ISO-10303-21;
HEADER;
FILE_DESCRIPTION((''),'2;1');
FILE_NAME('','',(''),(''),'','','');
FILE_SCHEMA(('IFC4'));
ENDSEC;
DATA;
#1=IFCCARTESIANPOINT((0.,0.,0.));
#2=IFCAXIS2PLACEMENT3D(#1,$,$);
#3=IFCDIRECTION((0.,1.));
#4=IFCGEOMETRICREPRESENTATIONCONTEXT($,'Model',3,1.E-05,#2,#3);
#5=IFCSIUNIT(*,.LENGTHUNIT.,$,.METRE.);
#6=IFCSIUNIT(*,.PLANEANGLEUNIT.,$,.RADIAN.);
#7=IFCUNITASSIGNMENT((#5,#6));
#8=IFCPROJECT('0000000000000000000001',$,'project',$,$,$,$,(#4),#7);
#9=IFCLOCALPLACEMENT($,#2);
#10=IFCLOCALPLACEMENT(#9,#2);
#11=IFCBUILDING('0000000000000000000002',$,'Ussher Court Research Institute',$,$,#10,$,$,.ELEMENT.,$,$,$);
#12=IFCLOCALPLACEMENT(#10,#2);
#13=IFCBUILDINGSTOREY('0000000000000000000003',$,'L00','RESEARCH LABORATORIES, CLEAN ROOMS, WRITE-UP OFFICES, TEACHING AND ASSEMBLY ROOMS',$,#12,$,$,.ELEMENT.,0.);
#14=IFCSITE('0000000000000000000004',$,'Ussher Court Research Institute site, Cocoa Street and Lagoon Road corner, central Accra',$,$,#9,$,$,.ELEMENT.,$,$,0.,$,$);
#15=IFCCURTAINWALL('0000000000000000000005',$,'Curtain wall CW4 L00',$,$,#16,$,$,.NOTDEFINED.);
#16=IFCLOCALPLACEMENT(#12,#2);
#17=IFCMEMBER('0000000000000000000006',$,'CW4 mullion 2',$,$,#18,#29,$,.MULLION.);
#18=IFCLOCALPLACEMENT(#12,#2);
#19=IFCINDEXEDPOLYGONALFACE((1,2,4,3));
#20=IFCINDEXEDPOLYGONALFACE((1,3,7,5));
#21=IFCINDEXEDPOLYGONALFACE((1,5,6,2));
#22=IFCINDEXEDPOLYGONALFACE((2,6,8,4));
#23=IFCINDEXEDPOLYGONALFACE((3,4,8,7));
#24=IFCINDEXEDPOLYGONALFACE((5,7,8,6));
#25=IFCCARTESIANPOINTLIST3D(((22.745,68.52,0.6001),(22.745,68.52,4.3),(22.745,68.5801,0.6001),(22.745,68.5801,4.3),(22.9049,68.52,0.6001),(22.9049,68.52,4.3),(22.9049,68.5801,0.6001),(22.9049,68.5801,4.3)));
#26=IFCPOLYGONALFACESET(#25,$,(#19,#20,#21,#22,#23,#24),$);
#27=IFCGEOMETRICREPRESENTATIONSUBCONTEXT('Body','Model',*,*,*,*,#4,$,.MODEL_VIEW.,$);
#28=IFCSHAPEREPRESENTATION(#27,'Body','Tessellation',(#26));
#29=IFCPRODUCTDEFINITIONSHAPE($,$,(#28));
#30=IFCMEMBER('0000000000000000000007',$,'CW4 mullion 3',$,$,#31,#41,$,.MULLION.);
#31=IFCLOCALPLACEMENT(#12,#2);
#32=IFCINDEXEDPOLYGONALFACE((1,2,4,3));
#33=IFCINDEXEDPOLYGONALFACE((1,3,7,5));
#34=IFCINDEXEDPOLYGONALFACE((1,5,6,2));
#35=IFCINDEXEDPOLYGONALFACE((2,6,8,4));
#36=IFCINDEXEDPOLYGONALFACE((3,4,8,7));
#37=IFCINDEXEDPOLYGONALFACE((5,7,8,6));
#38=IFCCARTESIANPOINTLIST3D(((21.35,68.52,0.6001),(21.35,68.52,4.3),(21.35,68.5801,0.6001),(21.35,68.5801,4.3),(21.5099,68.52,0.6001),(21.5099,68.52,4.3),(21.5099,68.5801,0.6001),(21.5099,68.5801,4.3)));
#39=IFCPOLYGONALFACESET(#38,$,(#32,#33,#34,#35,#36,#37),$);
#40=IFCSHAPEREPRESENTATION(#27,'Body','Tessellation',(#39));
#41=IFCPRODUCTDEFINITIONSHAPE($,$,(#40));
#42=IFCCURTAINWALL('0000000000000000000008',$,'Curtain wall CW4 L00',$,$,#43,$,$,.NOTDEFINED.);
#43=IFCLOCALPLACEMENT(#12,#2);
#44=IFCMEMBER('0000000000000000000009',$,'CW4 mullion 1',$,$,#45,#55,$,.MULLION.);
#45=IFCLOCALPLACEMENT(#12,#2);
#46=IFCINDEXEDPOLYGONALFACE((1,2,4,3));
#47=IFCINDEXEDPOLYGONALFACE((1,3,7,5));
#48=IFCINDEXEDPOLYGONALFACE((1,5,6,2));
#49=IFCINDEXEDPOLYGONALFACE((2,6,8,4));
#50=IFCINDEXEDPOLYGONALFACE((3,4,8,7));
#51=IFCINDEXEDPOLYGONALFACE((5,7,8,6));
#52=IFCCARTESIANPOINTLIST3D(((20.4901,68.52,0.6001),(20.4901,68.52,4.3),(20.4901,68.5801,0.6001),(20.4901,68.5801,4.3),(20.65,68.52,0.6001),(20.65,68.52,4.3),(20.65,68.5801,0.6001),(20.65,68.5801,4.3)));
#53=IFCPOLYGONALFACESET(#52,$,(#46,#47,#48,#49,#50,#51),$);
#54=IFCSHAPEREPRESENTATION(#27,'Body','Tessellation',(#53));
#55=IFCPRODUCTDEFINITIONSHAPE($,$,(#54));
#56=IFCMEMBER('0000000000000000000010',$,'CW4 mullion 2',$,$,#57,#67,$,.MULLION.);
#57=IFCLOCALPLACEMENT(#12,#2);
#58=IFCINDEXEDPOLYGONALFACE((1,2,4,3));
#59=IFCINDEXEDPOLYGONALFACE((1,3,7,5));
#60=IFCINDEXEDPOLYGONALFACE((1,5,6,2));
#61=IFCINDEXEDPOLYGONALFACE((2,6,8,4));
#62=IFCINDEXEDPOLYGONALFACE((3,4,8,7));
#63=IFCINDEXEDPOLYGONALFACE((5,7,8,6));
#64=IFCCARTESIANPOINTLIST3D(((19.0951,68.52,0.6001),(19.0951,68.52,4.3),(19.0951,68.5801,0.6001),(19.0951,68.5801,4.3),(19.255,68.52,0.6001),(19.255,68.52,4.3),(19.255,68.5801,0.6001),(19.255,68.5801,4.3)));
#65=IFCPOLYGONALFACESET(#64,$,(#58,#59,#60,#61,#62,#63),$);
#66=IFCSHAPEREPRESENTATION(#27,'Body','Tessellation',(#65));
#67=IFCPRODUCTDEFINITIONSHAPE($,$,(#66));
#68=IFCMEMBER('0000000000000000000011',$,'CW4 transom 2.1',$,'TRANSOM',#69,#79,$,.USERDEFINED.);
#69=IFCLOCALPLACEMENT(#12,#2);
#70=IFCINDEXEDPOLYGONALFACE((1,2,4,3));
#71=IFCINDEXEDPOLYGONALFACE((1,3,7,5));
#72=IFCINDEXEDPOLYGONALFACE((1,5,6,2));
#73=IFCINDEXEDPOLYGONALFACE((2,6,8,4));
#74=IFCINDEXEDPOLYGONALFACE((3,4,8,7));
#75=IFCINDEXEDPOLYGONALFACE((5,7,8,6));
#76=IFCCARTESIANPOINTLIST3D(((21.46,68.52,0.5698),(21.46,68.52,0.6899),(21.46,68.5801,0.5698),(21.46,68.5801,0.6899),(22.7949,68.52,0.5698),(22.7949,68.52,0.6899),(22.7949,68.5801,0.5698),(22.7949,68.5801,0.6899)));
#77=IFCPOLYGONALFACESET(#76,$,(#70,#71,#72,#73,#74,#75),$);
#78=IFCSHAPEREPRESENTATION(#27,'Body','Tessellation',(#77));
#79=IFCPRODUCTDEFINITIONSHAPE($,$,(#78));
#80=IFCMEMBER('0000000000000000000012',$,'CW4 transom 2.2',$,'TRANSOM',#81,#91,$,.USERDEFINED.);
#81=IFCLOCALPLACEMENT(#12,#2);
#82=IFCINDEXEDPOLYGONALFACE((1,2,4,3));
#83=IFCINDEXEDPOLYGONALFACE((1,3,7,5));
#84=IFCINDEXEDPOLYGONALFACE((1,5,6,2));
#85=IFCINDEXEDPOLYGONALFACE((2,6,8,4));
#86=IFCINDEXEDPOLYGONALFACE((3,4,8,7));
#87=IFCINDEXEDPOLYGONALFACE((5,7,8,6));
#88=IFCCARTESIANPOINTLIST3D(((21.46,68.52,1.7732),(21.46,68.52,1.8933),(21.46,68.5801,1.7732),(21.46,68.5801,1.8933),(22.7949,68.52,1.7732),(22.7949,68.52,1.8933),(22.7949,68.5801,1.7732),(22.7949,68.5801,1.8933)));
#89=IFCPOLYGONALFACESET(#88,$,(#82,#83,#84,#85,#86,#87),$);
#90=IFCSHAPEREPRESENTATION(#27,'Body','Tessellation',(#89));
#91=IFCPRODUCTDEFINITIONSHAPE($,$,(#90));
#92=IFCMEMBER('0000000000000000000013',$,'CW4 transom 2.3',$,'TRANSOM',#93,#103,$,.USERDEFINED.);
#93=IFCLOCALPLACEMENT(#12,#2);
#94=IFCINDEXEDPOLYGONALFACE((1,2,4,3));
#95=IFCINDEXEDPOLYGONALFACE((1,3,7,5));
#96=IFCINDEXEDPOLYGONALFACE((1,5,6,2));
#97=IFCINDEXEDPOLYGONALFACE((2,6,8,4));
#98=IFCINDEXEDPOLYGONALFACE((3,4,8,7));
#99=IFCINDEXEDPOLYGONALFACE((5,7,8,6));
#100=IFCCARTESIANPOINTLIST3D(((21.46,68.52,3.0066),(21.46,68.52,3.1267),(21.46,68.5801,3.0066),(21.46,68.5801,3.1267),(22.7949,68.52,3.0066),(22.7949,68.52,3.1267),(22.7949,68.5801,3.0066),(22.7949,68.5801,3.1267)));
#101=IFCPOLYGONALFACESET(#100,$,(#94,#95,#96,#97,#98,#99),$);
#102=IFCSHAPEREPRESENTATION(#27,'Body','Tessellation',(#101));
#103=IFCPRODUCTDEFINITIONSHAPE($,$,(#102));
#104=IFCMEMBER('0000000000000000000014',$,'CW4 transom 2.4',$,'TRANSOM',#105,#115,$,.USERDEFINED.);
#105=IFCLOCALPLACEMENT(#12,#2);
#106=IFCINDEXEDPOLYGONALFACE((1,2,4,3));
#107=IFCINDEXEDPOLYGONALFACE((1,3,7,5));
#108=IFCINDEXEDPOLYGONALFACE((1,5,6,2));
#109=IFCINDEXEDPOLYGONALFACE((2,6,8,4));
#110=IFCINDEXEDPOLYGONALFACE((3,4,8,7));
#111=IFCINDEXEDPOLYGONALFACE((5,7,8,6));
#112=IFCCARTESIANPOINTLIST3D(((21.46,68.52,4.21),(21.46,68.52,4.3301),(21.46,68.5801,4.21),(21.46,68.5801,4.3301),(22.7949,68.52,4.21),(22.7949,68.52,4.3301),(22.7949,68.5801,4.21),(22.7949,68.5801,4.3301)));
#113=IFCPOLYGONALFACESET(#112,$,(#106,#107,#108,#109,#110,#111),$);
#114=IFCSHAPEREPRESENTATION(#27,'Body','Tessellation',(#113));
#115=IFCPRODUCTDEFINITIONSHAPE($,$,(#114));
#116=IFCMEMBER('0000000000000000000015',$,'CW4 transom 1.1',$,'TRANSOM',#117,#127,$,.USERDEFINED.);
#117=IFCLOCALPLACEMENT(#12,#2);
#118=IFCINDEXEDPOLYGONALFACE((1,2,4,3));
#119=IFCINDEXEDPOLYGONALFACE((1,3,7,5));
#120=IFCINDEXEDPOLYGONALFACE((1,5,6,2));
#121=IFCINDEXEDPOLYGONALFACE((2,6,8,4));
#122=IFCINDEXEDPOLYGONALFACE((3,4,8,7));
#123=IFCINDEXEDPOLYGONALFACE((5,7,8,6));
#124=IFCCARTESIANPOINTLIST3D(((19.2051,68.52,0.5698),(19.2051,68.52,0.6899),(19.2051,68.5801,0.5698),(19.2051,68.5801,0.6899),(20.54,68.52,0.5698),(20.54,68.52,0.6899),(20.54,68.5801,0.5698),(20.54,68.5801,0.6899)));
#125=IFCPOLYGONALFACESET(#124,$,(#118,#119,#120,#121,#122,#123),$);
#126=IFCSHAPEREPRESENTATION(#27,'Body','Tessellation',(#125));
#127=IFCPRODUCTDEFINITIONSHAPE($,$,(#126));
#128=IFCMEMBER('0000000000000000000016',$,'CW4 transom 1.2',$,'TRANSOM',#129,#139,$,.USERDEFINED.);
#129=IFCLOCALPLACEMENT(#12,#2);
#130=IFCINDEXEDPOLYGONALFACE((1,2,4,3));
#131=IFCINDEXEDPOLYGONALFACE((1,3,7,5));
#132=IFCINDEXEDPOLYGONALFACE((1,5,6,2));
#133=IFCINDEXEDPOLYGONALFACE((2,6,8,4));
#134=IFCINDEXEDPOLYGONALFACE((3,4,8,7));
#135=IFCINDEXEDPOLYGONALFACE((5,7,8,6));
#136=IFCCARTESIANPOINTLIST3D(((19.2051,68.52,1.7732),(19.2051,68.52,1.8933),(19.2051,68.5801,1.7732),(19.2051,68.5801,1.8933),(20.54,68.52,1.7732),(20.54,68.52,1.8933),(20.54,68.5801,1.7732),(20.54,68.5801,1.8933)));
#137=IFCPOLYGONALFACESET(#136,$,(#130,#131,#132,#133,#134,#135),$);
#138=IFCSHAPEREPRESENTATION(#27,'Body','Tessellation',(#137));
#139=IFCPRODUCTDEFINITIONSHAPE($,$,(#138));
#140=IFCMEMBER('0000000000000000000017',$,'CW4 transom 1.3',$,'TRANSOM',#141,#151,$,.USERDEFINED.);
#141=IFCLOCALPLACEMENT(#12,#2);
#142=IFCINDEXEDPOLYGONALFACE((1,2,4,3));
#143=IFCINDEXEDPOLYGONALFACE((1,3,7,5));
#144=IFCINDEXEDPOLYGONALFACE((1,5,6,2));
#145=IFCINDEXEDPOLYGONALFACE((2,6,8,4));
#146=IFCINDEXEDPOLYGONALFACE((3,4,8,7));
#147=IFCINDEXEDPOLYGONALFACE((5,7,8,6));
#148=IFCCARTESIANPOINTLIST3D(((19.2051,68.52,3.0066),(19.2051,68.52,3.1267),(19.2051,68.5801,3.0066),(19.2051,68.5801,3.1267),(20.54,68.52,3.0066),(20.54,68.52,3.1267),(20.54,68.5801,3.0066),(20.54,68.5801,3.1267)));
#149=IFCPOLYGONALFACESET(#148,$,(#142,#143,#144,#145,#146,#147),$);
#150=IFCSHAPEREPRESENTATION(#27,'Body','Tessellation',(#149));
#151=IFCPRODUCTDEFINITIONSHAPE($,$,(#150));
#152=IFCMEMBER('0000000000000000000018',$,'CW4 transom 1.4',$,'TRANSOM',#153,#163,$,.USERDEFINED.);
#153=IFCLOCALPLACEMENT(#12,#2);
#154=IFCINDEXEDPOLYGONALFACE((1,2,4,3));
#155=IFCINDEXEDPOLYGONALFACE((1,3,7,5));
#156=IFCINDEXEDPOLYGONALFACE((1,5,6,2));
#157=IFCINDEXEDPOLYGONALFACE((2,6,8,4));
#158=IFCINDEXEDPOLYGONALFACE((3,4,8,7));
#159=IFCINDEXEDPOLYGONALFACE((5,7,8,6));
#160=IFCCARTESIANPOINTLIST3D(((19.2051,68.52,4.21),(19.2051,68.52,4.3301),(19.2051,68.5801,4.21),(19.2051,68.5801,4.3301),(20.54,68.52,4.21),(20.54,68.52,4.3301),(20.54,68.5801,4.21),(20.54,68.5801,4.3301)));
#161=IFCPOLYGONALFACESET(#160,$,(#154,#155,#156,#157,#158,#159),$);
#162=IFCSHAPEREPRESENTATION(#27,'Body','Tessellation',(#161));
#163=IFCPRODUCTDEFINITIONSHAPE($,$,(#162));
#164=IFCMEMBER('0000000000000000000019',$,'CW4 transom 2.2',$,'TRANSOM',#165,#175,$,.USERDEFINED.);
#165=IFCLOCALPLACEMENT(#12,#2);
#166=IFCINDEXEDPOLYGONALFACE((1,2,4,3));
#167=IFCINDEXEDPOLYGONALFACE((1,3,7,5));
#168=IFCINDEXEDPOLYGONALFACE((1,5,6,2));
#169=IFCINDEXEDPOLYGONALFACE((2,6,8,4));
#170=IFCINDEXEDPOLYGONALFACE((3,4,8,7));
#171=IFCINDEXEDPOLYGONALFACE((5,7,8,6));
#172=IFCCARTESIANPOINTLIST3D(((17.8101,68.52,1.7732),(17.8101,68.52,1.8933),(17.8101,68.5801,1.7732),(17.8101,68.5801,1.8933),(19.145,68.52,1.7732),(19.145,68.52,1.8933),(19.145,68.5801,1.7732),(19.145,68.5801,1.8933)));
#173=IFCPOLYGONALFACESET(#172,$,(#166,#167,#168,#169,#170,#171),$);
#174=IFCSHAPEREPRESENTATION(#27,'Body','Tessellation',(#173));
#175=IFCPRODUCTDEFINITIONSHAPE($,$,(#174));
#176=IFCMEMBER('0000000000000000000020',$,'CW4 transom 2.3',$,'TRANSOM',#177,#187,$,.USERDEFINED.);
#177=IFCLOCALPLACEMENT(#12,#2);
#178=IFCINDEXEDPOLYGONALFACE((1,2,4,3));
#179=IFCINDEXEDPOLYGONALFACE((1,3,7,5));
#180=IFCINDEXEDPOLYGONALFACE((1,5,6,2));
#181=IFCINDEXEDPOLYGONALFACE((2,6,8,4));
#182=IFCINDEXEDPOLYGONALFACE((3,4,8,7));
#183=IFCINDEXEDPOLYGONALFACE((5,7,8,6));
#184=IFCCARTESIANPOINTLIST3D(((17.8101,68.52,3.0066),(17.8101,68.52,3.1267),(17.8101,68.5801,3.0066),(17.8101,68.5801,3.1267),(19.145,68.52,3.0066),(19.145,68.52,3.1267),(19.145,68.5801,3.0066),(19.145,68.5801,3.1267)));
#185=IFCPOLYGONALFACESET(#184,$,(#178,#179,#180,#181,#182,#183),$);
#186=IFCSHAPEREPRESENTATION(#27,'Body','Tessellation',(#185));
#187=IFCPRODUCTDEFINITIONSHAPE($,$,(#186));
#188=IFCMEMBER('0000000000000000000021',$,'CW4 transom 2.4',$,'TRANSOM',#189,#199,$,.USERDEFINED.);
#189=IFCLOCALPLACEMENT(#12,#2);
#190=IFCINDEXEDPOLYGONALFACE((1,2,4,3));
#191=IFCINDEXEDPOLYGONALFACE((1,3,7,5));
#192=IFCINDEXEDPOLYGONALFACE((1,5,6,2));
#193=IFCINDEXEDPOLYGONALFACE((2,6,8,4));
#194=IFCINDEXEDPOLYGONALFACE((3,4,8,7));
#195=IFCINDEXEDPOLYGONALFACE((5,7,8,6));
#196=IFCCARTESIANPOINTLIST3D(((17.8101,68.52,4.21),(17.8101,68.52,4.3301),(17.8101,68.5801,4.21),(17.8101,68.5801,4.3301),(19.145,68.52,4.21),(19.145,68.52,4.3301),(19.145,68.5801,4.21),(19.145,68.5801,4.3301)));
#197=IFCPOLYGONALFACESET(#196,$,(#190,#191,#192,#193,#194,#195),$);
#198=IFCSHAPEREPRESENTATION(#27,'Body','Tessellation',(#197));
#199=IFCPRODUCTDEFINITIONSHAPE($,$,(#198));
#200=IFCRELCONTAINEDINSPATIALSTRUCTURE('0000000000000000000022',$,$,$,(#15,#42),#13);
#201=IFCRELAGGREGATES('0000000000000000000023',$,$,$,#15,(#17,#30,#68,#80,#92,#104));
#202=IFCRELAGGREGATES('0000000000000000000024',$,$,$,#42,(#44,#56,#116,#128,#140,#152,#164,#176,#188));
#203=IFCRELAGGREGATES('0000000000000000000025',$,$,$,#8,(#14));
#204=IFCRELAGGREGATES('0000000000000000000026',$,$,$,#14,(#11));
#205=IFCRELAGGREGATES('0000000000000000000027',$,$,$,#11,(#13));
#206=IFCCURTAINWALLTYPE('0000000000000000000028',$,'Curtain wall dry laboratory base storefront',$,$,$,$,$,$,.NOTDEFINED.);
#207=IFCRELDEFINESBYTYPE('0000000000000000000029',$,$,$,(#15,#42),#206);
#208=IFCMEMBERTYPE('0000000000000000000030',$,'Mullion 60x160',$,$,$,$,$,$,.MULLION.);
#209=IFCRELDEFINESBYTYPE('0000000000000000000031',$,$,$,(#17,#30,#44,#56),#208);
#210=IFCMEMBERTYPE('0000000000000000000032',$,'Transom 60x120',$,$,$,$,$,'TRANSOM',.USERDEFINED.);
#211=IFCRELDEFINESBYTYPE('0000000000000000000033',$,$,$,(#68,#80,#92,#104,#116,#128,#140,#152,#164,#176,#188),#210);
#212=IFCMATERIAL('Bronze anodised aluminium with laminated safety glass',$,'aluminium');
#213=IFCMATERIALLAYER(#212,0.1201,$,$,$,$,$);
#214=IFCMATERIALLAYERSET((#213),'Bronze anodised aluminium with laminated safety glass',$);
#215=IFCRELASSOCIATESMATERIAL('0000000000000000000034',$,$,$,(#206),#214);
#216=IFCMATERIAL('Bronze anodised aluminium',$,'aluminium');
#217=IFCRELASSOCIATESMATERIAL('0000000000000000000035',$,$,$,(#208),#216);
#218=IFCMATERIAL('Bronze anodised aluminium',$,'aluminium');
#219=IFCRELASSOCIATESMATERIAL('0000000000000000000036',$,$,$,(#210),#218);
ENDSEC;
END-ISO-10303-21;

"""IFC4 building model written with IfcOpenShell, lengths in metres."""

from ifc_helpers import new_model, si_unit, direction, frame, origin, origin_2d, place, context, subcontext, project, spatial, rectangle, extrude, material, layer, layer_set, material_profile, profile_set, type_object, element, aggregate, save


model = new_model("IFC4")

# Units and contexts
model_context = context("Model", 3, precision=1e-05, world=origin(), true_north=direction((0.0, 1.0)))
body_context = subcontext(model_context, "Body", "Model", "MODEL_VIEW")
ifc_project = project(units=[si_unit("LENGTHUNIT", "METRE"), si_unit("PLANEANGLEUNIT", "RADIAN")], contexts=[model_context])

# Site, building, storey
site_placement = place(None, origin())
site = spatial("IfcSite", under=ifc_project, at=site_placement, Name="Ussher Court Research Institute site, Cocoa Street and Lagoon Road corner, central Accra", CompositionType="ELEMENT", RefElevation=0.0)
building_placement = place(site_placement, origin())
building = spatial("IfcBuilding", under=site, at=building_placement, Name="Ussher Court Research Institute", CompositionType="ELEMENT")
storey_placement = place(building_placement, origin())
storey = spatial("IfcBuildingStorey", under=building, at=storey_placement, Name="L00", Description="RESEARCH LABORATORIES, CLEAN ROOMS, WRITE-UP OFFICES, TEACHING AND ASSEMBLY ROOMS", CompositionType="ELEMENT", Elevation=0.0)

# Curtain walls, members
ifc_material_1 = material(Name="Bronze anodised aluminium with laminated safety glass", Category="aluminium")
ifc_layer_1 = layer(ifc_material_1, 0.1201)
ifc_layer_set_1 = layer_set([ifc_layer_1], Name="Bronze anodised aluminium with laminated safety glass")
curtain_wall_type = type_object("IfcCurtainWallType", Name="Curtain wall dry laboratory base storefront", PredefinedType="NOTDEFINED", material=ifc_layer_set_1)
curtain_wall_1_placement = place(storey_placement, origin())
curtain_wall_1 = element("IfcCurtainWall", 1, at=curtain_wall_1_placement, inside=storey, type_object=curtain_wall_type, Name="Curtain wall CW4 L00", PredefinedType="NOTDEFINED")
ifc_material_2 = material(Name="Bronze anodised aluminium", Category="aluminium")
ifc_material_profile_1 = material_profile(ifc_material_2, rectangle(XDim=0.0601, YDim=0.1599, at=origin_2d()), Name="Mullion 60x160")
ifc_profile_set_1 = profile_set([ifc_material_profile_1], Name="Bronze anodised aluminium")
member_type_1 = type_object("IfcMemberType", Name="Mullion 60x160", PredefinedType="MULLION", material=ifc_profile_set_1)
member_1_placement = place(storey_placement, frame((22.825, 68.55, 0.6001), z_axis=(0.0, 0.0, 1.0), x_axis=(0.0, -1.0, 0.0)))
member_1 = element("IfcMember", 2, at=member_1_placement, type_object=member_type_1, Name="CW4 mullion 2", PredefinedType="MULLION", context=body_context, shape_type="SweptSolid", body=[
    extrude(rectangle(XDim=0.0601, YDim=0.1599, at=origin_2d()), origin(), (0.0, 0.0, 1.0), 3.7),
])
member_2_placement = place(storey_placement, frame((21.4299, 68.55, 0.6001), z_axis=(0.0, 0.0, 1.0), x_axis=(0.0, -1.0, 0.0)))
member_2 = element("IfcMember", 3, at=member_2_placement, type_object=member_type_1, Name="CW4 mullion 3", PredefinedType="MULLION", context=body_context, shape_type="SweptSolid", body=[
    extrude(rectangle(XDim=0.0601, YDim=0.1599, at=origin_2d()), origin(), (0.0, 0.0, 1.0), 3.7),
])
curtain_wall_2_placement = place(storey_placement, origin())
curtain_wall_2 = element("IfcCurtainWall", 4, at=curtain_wall_2_placement, inside=storey, type_object=curtain_wall_type, Name="Curtain wall CW4 L00", PredefinedType="NOTDEFINED")
member_3_placement = place(storey_placement, frame((20.5701, 68.55, 0.6001), z_axis=(0.0, 0.0, 1.0), x_axis=(0.0, -1.0, 0.0)))
member_3 = element("IfcMember", 5, at=member_3_placement, type_object=member_type_1, Name="CW4 mullion 1", PredefinedType="MULLION", context=body_context, shape_type="SweptSolid", body=[
    extrude(rectangle(XDim=0.0601, YDim=0.1599, at=origin_2d()), origin(), (0.0, 0.0, 1.0), 3.7),
])
member_4_placement = place(storey_placement, frame((19.175, 68.55, 0.6001), z_axis=(0.0, 0.0, 1.0), x_axis=(0.0, -1.0, 0.0)))
member_4 = element("IfcMember", 6, at=member_4_placement, type_object=member_type_1, Name="CW4 mullion 2", PredefinedType="MULLION", context=body_context, shape_type="SweptSolid", body=[
    extrude(rectangle(XDim=0.0601, YDim=0.1599, at=origin_2d()), origin(), (0.0, 0.0, 1.0), 3.7),
])

# Members
ifc_material_3 = material(Name="Bronze anodised aluminium", Category="aluminium")
ifc_material_profile_2 = material_profile(ifc_material_3, rectangle(XDim=0.0601, YDim=0.1201, at=origin_2d()), Name="Transom 60x120")
ifc_profile_set_2 = profile_set([ifc_material_profile_2], Name="Bronze anodised aluminium")
member_type_2 = type_object("IfcMemberType", Name="Transom 60x120", ElementType="TRANSOM", PredefinedType="USERDEFINED", material=ifc_profile_set_2)
member_5_placement = place(storey_placement, frame((22.7949, 68.55, 0.6299), z_axis=(-1.0, 0.0, 0.0), x_axis=(0.0, -1.0, 0.0)))
member_5 = element("IfcMember", 7, at=member_5_placement, type_object=member_type_2, Name="CW4 transom 2.1", ObjectType="TRANSOM", PredefinedType="USERDEFINED", context=body_context, shape_type="SweptSolid", body=[
    extrude(rectangle(XDim=0.0601, YDim=0.1201, at=origin_2d()), origin(), (0.0, 0.0, 1.0), 1.335),
])
member_6_placement = place(storey_placement, frame((22.7949, 68.55, 1.8333), z_axis=(-1.0, 0.0, 0.0), x_axis=(0.0, -1.0, 0.0)))
member_6 = element("IfcMember", 8, at=member_6_placement, type_object=member_type_2, Name="CW4 transom 2.2", ObjectType="TRANSOM", PredefinedType="USERDEFINED", context=body_context, shape_type="SweptSolid", body=[
    extrude(rectangle(XDim=0.0601, YDim=0.1201, at=origin_2d()), origin(), (0.0, 0.0, 1.0), 1.335),
])
member_7_placement = place(storey_placement, frame((22.7949, 68.55, 3.0667), z_axis=(-1.0, 0.0, 0.0), x_axis=(0.0, -1.0, 0.0)))
member_7 = element("IfcMember", 9, at=member_7_placement, type_object=member_type_2, Name="CW4 transom 2.3", ObjectType="TRANSOM", PredefinedType="USERDEFINED", context=body_context, shape_type="SweptSolid", body=[
    extrude(rectangle(XDim=0.0601, YDim=0.1201, at=origin_2d()), origin(), (0.0, 0.0, 1.0), 1.335),
])
member_8_placement = place(storey_placement, frame((22.7949, 68.55, 4.27), z_axis=(-1.0, 0.0, 0.0), x_axis=(0.0, -1.0, 0.0)))
member_8 = element("IfcMember", 10, at=member_8_placement, type_object=member_type_2, Name="CW4 transom 2.4", ObjectType="TRANSOM", PredefinedType="USERDEFINED", context=body_context, shape_type="SweptSolid", body=[
    extrude(rectangle(XDim=0.0601, YDim=0.1201, at=origin_2d()), origin(), (0.0, 0.0, 1.0), 1.335),
])
member_9_placement = place(storey_placement, frame((20.54, 68.55, 0.6299), z_axis=(-1.0, 0.0, 0.0), x_axis=(0.0, -1.0, 0.0)))
member_9 = element("IfcMember", 11, at=member_9_placement, type_object=member_type_2, Name="CW4 transom 1.1", ObjectType="TRANSOM", PredefinedType="USERDEFINED", context=body_context, shape_type="SweptSolid", body=[
    extrude(rectangle(XDim=0.0601, YDim=0.1201, at=origin_2d()), origin(), (0.0, 0.0, 1.0), 1.335),
])
member_10_placement = place(storey_placement, frame((20.54, 68.55, 1.8333), z_axis=(-1.0, 0.0, 0.0), x_axis=(0.0, -1.0, 0.0)))
member_10 = element("IfcMember", 12, at=member_10_placement, type_object=member_type_2, Name="CW4 transom 1.2", ObjectType="TRANSOM", PredefinedType="USERDEFINED", context=body_context, shape_type="SweptSolid", body=[
    extrude(rectangle(XDim=0.0601, YDim=0.1201, at=origin_2d()), origin(), (0.0, 0.0, 1.0), 1.335),
])
member_11_placement = place(storey_placement, frame((20.54, 68.55, 3.0667), z_axis=(-1.0, 0.0, 0.0), x_axis=(0.0, -1.0, 0.0)))
member_11 = element("IfcMember", 13, at=member_11_placement, type_object=member_type_2, Name="CW4 transom 1.3", ObjectType="TRANSOM", PredefinedType="USERDEFINED", context=body_context, shape_type="SweptSolid", body=[
    extrude(rectangle(XDim=0.0601, YDim=0.1201, at=origin_2d()), origin(), (0.0, 0.0, 1.0), 1.335),
])
member_12_placement = place(storey_placement, frame((20.54, 68.55, 4.27), z_axis=(-1.0, 0.0, 0.0), x_axis=(0.0, -1.0, 0.0)))
member_12 = element("IfcMember", 14, at=member_12_placement, type_object=member_type_2, Name="CW4 transom 1.4", ObjectType="TRANSOM", PredefinedType="USERDEFINED", context=body_context, shape_type="SweptSolid", body=[
    extrude(rectangle(XDim=0.0601, YDim=0.1201, at=origin_2d()), origin(), (0.0, 0.0, 1.0), 1.335),
])
member_13_placement = place(storey_placement, frame((19.145, 68.55, 1.8333), z_axis=(-1.0, 0.0, 0.0), x_axis=(0.0, -1.0, 0.0)))
member_13 = element("IfcMember", 15, at=member_13_placement, type_object=member_type_2, Name="CW4 transom 2.2", ObjectType="TRANSOM", PredefinedType="USERDEFINED", context=body_context, shape_type="SweptSolid", body=[
    extrude(rectangle(XDim=0.0601, YDim=0.1201, at=origin_2d()), origin(), (0.0, 0.0, 1.0), 1.335),
])
member_14_placement = place(storey_placement, frame((19.145, 68.55, 3.0667), z_axis=(-1.0, 0.0, 0.0), x_axis=(0.0, -1.0, 0.0)))
member_14 = element("IfcMember", 16, at=member_14_placement, type_object=member_type_2, Name="CW4 transom 2.3", ObjectType="TRANSOM", PredefinedType="USERDEFINED", context=body_context, shape_type="SweptSolid", body=[
    extrude(rectangle(XDim=0.0601, YDim=0.1201, at=origin_2d()), origin(), (0.0, 0.0, 1.0), 1.335),
])
member_15_placement = place(storey_placement, frame((19.145, 68.55, 4.27), z_axis=(-1.0, 0.0, 0.0), x_axis=(0.0, -1.0, 0.0)))
member_15 = element("IfcMember", 17, at=member_15_placement, type_object=member_type_2, Name="CW4 transom 2.4", ObjectType="TRANSOM", PredefinedType="USERDEFINED", context=body_context, shape_type="SweptSolid", body=[
    extrude(rectangle(XDim=0.0601, YDim=0.1201, at=origin_2d()), origin(), (0.0, 0.0, 1.0), 1.335),
])

aggregate(curtain_wall_1, [member_1, member_2, member_5, member_6, member_7, member_8])
aggregate(curtain_wall_2, [member_3, member_4, member_9, member_10, member_11, member_12, member_13, member_14, member_15])

save(model, "model.ifc")
